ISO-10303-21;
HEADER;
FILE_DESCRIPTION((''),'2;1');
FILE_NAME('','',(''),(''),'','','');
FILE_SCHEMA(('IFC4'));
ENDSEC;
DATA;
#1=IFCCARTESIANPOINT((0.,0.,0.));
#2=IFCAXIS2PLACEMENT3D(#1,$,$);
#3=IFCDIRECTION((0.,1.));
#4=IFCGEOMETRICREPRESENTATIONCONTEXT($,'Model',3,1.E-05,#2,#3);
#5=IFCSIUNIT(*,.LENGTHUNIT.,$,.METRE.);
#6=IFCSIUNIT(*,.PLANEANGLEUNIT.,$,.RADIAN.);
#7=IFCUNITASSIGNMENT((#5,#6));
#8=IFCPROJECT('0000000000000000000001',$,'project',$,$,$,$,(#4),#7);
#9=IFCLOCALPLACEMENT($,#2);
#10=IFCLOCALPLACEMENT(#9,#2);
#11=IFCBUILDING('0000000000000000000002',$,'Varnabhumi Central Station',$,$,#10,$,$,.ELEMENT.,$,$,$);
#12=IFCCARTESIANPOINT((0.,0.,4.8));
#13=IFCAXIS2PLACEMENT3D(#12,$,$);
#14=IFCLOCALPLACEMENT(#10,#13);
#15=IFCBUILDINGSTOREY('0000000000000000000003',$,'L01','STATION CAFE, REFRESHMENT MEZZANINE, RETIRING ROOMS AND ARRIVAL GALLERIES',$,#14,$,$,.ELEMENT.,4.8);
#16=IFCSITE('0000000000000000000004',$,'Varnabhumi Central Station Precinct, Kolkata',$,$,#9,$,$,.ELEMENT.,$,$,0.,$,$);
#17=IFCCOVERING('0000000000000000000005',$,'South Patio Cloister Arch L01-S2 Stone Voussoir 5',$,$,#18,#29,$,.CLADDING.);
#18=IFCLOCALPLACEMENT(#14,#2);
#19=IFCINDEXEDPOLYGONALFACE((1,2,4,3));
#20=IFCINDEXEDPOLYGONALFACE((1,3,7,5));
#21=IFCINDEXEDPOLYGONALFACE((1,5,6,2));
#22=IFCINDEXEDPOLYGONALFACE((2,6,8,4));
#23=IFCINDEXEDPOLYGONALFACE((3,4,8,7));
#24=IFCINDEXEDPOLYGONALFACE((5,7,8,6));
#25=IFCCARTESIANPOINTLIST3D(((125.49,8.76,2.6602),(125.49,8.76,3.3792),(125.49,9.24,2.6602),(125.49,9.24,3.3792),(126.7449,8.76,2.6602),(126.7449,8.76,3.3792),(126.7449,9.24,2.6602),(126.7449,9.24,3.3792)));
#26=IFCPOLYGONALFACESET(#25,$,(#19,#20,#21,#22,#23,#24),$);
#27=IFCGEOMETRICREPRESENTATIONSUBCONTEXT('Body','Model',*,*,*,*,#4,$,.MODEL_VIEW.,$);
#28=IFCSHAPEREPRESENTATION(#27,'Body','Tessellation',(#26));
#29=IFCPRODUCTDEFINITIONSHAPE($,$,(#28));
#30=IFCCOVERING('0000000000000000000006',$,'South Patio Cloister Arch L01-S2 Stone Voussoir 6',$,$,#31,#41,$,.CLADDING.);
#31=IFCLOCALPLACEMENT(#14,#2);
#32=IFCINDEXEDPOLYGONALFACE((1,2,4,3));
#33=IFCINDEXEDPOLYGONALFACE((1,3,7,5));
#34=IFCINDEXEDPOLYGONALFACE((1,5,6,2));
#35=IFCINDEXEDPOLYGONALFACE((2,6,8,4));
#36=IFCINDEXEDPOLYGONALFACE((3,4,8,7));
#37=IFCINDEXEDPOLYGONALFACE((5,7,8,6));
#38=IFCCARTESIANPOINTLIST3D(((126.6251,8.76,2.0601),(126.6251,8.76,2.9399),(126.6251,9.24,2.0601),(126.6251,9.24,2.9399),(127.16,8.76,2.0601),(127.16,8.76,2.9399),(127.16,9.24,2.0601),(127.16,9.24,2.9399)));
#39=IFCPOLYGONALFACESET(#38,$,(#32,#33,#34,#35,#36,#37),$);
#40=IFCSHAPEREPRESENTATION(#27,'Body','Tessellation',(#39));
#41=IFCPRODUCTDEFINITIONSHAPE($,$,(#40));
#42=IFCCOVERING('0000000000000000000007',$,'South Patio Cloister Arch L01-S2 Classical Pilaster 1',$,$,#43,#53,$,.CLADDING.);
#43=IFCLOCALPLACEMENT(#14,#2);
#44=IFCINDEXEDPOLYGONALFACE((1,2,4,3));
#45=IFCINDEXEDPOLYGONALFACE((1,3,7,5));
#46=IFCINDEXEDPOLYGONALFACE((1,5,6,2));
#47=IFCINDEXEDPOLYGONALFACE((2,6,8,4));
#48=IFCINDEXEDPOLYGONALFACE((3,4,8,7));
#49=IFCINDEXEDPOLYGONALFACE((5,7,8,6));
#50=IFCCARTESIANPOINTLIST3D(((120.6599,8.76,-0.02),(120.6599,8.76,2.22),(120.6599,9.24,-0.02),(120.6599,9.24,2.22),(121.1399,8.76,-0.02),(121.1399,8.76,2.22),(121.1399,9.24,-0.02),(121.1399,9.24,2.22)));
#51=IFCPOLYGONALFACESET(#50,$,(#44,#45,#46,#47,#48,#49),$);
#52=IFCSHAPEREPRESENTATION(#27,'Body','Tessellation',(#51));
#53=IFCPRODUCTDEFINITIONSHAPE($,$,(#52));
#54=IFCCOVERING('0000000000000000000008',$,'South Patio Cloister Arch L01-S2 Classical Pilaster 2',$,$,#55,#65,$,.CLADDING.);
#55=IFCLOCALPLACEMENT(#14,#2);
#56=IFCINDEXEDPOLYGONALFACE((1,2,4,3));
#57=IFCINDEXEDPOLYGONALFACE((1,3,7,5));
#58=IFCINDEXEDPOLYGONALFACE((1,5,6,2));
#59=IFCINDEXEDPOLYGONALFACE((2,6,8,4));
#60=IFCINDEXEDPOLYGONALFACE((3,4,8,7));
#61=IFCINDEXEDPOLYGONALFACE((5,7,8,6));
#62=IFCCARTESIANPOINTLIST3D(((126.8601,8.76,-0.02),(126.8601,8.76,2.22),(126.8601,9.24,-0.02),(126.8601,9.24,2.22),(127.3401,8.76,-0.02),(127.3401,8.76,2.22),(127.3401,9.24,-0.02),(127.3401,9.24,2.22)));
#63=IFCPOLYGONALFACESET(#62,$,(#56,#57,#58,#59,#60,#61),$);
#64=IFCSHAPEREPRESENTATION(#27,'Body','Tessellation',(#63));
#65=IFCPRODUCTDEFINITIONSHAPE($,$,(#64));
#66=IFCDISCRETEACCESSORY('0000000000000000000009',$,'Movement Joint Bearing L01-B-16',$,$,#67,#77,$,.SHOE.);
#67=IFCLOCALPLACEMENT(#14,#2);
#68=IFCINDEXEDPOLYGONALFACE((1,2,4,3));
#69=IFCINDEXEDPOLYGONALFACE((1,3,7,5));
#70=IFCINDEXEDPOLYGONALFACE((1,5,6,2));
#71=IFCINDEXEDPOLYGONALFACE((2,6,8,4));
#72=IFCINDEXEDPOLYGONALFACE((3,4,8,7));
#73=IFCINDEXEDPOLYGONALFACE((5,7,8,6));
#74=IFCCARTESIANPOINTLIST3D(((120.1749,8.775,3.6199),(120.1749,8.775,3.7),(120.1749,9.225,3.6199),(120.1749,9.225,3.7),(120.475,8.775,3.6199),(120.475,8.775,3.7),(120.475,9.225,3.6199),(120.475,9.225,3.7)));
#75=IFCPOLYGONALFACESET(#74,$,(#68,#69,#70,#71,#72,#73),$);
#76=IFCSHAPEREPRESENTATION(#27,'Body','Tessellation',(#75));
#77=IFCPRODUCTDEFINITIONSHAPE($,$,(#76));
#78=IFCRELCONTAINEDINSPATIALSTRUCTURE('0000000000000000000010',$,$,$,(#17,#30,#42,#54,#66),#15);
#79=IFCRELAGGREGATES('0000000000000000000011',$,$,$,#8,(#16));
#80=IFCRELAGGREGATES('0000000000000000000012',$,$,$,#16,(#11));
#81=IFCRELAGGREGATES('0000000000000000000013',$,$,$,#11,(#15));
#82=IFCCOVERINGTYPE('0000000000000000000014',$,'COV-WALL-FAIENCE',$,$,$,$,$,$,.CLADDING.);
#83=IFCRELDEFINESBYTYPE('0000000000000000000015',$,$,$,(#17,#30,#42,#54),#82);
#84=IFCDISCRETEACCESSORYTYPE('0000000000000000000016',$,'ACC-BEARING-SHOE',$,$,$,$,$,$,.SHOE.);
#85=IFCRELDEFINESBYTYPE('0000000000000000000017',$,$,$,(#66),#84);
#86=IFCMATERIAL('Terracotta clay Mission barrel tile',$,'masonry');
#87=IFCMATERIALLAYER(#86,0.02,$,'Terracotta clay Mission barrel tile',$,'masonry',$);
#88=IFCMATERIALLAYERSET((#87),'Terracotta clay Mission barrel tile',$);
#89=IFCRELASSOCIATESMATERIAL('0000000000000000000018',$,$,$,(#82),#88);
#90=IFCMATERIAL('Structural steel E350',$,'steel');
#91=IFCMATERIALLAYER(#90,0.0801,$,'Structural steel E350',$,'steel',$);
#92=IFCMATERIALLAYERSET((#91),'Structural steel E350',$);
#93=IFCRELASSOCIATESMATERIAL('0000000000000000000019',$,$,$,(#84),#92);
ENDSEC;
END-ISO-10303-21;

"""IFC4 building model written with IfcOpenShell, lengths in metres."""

from ifc_helpers import new_model, si_unit, direction, frame, origin, origin_2d, place, context, subcontext, project, spatial, rectangle, extrude, material, layer, layer_set, type_object, element, save


model = new_model("IFC4")

# Units and contexts
model_context = context("Model", 3, precision=1e-05, world=origin(), true_north=direction((0.0, 1.0)))
body_context = subcontext(model_context, "Body", "Model", "MODEL_VIEW")
ifc_project = project(units=[si_unit("LENGTHUNIT", "METRE"), si_unit("PLANEANGLEUNIT", "RADIAN")], contexts=[model_context])

# Site, building, storey
site_placement = place(None, origin())
site = spatial("IfcSite", under=ifc_project, at=site_placement, Name="Varnabhumi Central Station Precinct, Kolkata", CompositionType="ELEMENT", RefElevation=0.0)
building_placement = place(site_placement, origin())
building = spatial("IfcBuilding", under=site, at=building_placement, Name="Varnabhumi Central Station", CompositionType="ELEMENT")
storey_placement = place(building_placement, frame((0.0, 0.0, 4.8)))
storey = spatial("IfcBuildingStorey", under=building, at=storey_placement, Name="L01", Description="STATION CAFE, REFRESHMENT MEZZANINE, RETIRING ROOMS AND ARRIVAL GALLERIES", CompositionType="ELEMENT", Elevation=4.8)

# Coverings
ifc_material_1 = material(Name="Terracotta clay Mission barrel tile", Category="masonry")
ifc_layer_1 = layer(ifc_material_1, 0.02, Name="Terracotta clay Mission barrel tile", Category="masonry")
ifc_layer_set_1 = layer_set([ifc_layer_1], Name="Terracotta clay Mission barrel tile")
covering_type = type_object("IfcCoveringType", Name="COV-WALL-FAIENCE", PredefinedType="CLADDING", material=ifc_layer_set_1)
covering_1_placement = place(storey_placement, frame((126.1174, 9.0, 2.6602), z_axis=(0.0, 0.0, 1.0), x_axis=(1.0, 0.0, 0.0)))
element("IfcCovering", 1, at=covering_1_placement, inside=storey, type_object=covering_type, Name="South Patio Cloister Arch L01-S2 Stone Voussoir 5", PredefinedType="CLADDING", context=body_context, shape_type="SweptSolid", body=[
    extrude(rectangle(XDim=1.2549, YDim=0.48, at=origin_2d()), origin(), (0.0, 0.0, 1.0), 0.719),
])
covering_2_placement = place(storey_placement, frame((126.8926, 9.0, 2.0601), z_axis=(0.0, 0.0, 1.0), x_axis=(1.0, 0.0, 0.0)))
element("IfcCovering", 2, at=covering_2_placement, inside=storey, type_object=covering_type, Name="South Patio Cloister Arch L01-S2 Stone Voussoir 6", PredefinedType="CLADDING", context=body_context, shape_type="SweptSolid", body=[
    extrude(rectangle(XDim=0.5349, YDim=0.48, at=origin_2d()), origin(), (0.0, 0.0, 1.0), 0.8799),
])
for number, where, z_axis, x_axis, name in (
    (3, (120.8999, 9.0, -0.02), (0.0, 0.0, 1.0), (1.0, 0.0, 0.0), "South Patio Cloister Arch L01-S2 Classical Pilaster 1"),
    (4, (127.1001, 9.0, -0.02), (0.0, 0.0, 1.0), (1.0, 0.0, 0.0), "South Patio Cloister Arch L01-S2 Classical Pilaster 2"),
):
    element("IfcCovering", number, at=place(storey_placement, frame(where, z_axis=z_axis, x_axis=x_axis)), inside=storey, type_object=covering_type, Name=name, PredefinedType="CLADDING", context=body_context, shape_type="SweptSolid", body=[
        extrude(rectangle(XDim=0.48, YDim=0.48, at=origin_2d()), origin(), (0.0, 0.0, 1.0), 2.24),
    ])

# Discrete accessory
ifc_material_2 = material(Name="Structural steel E350", Category="steel")
ifc_layer_2 = layer(ifc_material_2, 0.0801, Name="Structural steel E350", Category="steel")
ifc_layer_set_2 = layer_set([ifc_layer_2], Name="Structural steel E350")
discrete_accessory_type = type_object("IfcDiscreteAccessoryType", Name="ACC-BEARING-SHOE", PredefinedType="SHOE", material=ifc_layer_set_2)
discrete_accessory_placement = place(storey_placement, frame((120.325, 9.0, 3.6199), z_axis=(0.0, 0.0, 1.0), x_axis=(1.0, 0.0, 0.0)))
element("IfcDiscreteAccessory", 5, at=discrete_accessory_placement, inside=storey, type_object=discrete_accessory_type, Name="Movement Joint Bearing L01-B-16", PredefinedType="SHOE", context=body_context, shape_type="SweptSolid", body=[
    extrude(rectangle(XDim=0.3, YDim=0.45, at=origin_2d()), origin(), (0.0, 0.0, 1.0), 0.0801),
])

save(model, "model.ifc")
